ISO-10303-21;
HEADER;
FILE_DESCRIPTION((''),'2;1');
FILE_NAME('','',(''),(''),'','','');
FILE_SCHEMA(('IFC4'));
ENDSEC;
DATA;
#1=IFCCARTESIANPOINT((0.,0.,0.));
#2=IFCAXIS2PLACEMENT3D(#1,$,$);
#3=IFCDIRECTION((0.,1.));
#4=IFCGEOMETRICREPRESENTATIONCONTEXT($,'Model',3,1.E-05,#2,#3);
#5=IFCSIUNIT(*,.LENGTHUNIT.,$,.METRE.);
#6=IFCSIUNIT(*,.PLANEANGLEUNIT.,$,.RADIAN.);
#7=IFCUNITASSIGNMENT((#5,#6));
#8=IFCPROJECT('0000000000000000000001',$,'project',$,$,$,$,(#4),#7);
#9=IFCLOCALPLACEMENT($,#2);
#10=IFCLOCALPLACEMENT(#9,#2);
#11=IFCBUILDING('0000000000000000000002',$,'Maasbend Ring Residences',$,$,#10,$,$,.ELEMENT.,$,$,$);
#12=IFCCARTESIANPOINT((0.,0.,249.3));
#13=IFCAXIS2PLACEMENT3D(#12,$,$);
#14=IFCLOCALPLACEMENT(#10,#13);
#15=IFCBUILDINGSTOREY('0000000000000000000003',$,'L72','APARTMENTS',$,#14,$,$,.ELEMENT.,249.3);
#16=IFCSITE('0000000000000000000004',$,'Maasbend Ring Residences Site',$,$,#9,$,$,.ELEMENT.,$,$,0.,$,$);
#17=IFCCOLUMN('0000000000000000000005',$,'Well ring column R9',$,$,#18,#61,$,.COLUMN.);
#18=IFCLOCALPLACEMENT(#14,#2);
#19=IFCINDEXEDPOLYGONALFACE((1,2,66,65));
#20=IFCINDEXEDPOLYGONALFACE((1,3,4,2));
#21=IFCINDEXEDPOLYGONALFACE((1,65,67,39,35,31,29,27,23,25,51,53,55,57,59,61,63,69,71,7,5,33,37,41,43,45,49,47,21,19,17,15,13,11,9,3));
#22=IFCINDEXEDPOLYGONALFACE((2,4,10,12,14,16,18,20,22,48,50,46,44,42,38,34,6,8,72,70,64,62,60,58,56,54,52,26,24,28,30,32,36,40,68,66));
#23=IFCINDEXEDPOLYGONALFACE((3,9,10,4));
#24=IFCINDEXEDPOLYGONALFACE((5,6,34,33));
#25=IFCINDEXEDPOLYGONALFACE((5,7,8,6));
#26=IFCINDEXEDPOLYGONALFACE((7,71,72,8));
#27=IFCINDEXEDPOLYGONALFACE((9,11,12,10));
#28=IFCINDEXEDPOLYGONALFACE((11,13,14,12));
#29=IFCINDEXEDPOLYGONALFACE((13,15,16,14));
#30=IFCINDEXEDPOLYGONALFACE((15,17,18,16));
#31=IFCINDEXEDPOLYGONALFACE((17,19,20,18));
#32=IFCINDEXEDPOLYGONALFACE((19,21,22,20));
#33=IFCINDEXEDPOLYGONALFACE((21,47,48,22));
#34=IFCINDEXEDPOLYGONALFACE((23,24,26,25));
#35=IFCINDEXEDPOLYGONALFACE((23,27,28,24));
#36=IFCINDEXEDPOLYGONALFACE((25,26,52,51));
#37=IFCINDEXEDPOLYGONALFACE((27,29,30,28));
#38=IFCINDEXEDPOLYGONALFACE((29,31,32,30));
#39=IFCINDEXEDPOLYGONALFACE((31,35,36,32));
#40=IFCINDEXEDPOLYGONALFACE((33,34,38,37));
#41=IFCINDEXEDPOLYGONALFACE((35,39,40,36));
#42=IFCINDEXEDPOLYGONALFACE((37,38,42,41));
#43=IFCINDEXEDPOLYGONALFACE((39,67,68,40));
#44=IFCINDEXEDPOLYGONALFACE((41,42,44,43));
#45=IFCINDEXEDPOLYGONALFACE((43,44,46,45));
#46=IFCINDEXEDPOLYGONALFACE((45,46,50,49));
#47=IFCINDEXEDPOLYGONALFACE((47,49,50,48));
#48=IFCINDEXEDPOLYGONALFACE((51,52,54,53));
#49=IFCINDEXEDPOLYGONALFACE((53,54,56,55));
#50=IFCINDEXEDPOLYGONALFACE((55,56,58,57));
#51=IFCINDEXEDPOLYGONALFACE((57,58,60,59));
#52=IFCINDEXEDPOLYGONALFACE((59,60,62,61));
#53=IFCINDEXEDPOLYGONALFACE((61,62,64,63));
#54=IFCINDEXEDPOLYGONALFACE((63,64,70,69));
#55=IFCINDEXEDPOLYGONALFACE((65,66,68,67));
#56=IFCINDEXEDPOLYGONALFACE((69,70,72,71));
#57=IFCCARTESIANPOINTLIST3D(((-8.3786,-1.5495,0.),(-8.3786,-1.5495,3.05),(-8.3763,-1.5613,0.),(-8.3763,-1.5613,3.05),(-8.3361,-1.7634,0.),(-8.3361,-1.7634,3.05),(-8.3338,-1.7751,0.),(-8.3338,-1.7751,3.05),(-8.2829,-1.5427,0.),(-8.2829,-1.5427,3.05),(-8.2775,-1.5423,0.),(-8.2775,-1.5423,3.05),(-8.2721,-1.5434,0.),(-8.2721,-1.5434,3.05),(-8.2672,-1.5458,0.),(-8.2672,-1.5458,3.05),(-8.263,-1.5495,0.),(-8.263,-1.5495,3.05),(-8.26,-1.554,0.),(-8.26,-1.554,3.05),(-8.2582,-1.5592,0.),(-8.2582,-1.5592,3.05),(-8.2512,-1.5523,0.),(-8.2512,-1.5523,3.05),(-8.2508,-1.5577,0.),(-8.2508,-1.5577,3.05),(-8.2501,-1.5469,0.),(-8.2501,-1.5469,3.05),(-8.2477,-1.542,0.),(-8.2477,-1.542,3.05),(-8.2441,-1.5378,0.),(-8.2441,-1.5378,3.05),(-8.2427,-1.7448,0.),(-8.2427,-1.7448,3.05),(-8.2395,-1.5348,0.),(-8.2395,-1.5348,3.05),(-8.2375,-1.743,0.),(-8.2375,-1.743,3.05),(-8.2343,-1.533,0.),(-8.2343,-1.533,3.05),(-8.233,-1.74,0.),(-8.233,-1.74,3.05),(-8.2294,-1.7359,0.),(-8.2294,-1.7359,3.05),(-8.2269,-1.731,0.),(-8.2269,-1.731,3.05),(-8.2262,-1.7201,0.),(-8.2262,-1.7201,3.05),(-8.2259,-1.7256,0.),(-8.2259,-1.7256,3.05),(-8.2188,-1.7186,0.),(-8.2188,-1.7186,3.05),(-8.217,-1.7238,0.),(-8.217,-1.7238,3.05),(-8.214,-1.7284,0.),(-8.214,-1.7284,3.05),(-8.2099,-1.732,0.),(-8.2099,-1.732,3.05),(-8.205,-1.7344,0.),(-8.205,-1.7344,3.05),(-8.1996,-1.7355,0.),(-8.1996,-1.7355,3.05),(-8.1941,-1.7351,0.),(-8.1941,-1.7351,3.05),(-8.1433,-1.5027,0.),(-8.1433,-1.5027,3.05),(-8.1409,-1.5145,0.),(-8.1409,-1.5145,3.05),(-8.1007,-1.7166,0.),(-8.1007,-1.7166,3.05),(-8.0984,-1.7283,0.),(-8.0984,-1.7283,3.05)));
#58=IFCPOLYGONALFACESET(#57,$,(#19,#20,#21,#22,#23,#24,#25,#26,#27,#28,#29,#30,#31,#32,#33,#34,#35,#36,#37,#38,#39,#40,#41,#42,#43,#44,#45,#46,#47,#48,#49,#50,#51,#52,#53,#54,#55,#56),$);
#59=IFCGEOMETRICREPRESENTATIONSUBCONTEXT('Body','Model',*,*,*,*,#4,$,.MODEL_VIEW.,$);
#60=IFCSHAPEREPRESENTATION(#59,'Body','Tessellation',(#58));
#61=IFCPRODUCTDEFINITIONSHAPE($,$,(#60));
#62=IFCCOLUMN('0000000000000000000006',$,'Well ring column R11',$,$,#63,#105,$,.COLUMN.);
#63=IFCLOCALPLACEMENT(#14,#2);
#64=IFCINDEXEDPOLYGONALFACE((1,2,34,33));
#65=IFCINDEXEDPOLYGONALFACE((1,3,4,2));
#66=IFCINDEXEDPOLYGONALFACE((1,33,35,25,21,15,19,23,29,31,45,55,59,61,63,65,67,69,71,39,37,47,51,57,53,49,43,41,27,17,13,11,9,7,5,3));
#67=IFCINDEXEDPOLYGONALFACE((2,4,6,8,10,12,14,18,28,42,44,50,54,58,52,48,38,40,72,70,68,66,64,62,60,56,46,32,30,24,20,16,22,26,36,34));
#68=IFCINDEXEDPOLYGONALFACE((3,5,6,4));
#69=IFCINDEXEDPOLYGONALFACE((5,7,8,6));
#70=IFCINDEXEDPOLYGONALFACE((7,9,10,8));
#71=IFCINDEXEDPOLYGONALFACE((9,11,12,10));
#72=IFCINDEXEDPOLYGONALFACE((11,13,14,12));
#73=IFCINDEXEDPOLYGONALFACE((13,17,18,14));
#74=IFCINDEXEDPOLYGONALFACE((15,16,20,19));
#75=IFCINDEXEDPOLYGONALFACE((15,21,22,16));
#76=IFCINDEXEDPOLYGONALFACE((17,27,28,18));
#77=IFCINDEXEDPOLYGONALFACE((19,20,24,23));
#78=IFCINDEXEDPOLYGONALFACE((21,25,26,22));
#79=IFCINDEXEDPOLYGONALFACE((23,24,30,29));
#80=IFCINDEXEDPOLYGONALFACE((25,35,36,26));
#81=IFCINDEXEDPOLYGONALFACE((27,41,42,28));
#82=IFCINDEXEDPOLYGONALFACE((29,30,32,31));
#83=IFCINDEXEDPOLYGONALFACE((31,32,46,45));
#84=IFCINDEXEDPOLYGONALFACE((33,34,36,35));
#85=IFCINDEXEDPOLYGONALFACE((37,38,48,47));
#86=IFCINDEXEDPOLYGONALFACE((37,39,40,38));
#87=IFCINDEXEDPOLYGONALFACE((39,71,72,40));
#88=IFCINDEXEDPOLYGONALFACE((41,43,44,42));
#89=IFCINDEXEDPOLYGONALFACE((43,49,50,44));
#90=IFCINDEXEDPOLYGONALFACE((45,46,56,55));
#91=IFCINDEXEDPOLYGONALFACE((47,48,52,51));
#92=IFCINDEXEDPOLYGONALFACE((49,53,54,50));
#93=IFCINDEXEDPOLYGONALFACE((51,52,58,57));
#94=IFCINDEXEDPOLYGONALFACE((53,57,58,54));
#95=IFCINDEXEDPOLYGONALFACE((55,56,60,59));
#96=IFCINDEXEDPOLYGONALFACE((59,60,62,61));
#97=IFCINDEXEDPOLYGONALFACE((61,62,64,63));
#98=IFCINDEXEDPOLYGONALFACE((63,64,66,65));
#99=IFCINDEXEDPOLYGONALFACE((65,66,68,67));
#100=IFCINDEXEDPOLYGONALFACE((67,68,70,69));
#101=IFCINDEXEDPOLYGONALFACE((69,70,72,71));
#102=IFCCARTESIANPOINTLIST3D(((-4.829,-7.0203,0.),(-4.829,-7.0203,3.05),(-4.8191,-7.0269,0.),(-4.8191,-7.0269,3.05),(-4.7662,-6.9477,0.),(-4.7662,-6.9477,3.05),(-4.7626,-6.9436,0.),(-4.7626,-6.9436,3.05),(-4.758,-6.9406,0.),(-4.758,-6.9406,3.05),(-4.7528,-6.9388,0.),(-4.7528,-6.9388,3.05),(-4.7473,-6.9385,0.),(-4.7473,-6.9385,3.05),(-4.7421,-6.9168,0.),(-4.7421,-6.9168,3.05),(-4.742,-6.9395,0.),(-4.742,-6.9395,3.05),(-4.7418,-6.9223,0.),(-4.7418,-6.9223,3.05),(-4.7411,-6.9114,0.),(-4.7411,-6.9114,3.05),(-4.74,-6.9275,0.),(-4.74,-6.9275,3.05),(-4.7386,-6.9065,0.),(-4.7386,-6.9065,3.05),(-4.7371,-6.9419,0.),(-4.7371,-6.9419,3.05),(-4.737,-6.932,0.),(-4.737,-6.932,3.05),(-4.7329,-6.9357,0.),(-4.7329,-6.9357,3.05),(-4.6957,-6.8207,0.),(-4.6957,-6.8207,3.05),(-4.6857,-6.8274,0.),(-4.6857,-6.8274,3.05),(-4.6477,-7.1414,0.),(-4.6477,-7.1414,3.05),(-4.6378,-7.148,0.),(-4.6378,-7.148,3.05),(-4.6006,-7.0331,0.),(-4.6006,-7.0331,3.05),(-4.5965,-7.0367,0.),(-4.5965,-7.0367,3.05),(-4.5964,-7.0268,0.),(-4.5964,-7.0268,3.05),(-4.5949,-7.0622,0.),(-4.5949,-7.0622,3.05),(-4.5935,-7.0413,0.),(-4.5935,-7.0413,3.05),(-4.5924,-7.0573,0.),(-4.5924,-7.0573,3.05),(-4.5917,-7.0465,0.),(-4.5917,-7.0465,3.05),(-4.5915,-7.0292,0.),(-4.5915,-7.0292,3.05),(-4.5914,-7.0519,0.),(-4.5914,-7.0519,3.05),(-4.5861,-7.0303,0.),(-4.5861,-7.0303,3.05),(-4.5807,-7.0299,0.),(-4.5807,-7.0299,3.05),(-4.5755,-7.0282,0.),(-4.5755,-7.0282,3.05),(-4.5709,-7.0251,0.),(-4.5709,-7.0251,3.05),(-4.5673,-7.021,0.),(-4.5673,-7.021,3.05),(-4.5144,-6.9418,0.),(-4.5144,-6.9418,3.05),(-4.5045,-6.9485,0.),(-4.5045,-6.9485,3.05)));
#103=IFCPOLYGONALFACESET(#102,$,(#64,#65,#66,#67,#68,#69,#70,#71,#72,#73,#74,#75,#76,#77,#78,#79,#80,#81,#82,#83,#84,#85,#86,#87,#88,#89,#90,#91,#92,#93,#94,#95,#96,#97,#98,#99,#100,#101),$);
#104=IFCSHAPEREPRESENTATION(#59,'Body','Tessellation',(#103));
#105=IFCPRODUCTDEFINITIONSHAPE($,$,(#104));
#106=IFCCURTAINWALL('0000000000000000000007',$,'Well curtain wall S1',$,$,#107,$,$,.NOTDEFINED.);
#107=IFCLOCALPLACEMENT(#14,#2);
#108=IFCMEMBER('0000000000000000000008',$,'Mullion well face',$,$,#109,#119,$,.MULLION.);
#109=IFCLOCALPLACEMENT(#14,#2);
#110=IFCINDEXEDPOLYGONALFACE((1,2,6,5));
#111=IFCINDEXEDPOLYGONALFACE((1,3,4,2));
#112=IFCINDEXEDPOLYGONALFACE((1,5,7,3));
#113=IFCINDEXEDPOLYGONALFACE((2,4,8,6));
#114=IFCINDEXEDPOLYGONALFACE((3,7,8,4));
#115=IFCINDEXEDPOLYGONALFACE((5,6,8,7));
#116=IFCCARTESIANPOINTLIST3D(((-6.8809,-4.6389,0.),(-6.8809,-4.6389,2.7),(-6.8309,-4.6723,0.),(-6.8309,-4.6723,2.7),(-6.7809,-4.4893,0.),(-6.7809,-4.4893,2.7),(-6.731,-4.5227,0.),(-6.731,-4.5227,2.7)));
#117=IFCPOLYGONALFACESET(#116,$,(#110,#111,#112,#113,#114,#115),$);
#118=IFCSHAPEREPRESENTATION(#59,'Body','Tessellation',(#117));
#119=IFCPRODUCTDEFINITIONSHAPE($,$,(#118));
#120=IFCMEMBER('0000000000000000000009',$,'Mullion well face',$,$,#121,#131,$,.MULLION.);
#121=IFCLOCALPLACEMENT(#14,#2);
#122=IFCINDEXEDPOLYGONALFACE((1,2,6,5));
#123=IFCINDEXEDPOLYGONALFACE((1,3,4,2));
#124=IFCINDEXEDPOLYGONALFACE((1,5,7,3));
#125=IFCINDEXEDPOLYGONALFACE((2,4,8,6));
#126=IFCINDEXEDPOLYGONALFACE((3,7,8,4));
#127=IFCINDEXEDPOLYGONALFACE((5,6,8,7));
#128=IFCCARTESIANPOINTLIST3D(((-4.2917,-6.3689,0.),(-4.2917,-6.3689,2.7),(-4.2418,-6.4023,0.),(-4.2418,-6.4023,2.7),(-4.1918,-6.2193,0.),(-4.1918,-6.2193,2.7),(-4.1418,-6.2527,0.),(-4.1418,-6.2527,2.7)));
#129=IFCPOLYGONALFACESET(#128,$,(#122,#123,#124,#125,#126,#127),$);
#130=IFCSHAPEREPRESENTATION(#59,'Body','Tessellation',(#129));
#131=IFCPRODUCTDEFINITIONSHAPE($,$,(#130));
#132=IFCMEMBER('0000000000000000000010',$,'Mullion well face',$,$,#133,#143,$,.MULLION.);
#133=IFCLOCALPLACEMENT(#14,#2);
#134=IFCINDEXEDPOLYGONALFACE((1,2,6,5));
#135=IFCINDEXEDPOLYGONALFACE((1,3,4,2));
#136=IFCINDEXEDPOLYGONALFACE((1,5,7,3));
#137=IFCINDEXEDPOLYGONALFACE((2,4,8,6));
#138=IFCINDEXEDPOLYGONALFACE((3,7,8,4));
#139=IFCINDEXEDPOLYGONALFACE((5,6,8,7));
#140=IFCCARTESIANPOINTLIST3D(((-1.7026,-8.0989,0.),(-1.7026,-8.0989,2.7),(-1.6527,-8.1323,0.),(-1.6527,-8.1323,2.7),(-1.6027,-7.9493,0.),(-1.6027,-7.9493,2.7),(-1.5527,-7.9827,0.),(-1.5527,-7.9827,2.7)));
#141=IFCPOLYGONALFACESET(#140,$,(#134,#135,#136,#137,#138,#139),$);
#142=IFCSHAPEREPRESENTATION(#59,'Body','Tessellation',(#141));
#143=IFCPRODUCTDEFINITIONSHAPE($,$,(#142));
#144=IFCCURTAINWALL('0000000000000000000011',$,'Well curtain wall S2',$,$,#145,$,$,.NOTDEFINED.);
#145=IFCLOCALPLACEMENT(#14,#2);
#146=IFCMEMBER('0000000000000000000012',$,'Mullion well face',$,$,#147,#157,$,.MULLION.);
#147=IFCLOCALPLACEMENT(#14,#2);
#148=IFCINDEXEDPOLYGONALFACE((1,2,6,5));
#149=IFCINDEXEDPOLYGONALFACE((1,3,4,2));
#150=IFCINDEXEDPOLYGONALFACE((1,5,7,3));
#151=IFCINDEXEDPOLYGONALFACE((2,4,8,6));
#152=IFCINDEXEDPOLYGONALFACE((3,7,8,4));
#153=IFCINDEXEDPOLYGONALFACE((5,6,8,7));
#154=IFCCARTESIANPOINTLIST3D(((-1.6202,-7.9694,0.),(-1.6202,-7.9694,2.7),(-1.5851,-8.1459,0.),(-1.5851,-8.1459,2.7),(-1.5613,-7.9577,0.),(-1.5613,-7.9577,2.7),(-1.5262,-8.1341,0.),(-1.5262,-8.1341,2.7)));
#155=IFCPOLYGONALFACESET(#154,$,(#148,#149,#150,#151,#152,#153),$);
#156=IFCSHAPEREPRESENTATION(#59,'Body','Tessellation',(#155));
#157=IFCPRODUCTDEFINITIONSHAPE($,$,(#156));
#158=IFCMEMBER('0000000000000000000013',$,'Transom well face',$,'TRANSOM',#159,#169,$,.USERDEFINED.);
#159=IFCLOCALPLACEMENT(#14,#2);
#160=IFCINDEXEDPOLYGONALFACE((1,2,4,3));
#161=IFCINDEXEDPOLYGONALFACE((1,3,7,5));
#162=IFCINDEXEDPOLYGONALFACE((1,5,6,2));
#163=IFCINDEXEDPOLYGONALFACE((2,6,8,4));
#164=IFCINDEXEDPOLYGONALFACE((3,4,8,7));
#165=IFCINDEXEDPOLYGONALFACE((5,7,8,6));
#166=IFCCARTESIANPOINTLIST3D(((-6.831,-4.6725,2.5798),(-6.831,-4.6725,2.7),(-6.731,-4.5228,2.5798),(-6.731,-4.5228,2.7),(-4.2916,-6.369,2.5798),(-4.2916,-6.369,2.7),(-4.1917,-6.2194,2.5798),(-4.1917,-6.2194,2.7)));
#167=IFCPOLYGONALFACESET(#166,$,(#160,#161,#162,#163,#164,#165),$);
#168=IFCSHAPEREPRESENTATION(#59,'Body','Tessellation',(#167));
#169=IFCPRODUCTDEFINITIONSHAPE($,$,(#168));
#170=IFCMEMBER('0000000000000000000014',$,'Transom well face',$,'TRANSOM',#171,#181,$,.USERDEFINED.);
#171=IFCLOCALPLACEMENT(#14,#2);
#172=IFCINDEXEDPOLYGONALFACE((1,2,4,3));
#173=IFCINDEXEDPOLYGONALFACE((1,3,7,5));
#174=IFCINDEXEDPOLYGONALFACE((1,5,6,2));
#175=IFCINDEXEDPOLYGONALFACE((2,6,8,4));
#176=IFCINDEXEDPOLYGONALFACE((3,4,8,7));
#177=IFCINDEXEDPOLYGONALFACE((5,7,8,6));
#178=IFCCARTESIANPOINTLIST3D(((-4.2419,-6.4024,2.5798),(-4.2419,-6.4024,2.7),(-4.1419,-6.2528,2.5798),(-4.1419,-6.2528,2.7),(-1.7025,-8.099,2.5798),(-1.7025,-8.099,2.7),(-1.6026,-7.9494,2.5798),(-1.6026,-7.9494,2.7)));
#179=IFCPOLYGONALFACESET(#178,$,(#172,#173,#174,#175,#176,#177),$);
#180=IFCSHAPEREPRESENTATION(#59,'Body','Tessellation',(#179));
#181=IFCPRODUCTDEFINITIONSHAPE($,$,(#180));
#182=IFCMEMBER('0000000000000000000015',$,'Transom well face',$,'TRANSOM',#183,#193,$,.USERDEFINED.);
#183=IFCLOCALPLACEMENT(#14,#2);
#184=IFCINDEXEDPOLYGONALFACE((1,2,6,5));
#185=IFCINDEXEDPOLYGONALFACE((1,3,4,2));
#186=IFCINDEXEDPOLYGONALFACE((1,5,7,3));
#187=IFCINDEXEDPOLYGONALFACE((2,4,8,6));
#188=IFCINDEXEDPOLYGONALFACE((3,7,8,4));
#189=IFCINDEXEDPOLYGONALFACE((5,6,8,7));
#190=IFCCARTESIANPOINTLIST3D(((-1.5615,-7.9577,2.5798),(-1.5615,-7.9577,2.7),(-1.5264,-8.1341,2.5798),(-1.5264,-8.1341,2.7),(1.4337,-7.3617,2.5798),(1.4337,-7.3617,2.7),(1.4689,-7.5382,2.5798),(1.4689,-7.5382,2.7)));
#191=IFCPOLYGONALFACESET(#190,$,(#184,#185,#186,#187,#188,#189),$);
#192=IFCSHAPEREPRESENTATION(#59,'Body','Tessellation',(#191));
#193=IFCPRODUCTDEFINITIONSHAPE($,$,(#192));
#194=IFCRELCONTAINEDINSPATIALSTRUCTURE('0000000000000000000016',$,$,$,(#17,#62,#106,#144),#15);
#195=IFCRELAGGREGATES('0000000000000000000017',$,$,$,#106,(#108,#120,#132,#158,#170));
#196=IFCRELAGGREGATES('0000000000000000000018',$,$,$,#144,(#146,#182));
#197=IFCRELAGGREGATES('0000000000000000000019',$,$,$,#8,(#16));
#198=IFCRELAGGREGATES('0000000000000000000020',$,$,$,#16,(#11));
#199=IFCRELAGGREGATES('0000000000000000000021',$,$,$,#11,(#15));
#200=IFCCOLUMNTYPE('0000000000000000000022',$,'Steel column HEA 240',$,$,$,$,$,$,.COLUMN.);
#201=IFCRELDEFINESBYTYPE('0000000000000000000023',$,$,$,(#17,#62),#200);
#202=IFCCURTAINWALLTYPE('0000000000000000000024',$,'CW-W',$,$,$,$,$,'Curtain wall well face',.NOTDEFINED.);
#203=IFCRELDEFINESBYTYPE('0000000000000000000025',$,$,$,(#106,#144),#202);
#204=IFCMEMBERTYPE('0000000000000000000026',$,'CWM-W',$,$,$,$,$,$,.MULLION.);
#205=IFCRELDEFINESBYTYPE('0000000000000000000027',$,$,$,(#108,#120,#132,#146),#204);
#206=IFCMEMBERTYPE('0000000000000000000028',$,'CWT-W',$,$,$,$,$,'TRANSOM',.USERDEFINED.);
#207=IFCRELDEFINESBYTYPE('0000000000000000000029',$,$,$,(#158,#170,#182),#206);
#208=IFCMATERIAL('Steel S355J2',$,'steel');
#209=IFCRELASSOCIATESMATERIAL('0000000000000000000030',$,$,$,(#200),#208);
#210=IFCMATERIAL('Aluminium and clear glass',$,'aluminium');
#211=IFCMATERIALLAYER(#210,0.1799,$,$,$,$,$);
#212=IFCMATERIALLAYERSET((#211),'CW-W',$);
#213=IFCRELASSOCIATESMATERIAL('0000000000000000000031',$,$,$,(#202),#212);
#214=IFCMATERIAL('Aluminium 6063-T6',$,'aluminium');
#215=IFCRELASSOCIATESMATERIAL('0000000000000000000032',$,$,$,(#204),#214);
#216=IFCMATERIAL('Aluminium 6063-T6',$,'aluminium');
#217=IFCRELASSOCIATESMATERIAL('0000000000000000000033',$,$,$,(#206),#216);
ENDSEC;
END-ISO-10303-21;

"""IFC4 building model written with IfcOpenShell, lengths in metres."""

from ifc_helpers import new_model, si_unit, direction, frame, origin, origin_2d, place, context, subcontext, project, spatial, rectangle, i_section, extrude, material, layer, layer_set, material_profile, profile_set, type_object, element, aggregate, save


model = new_model("IFC4")

# Units and contexts
model_context = context("Model", 3, precision=1e-05, world=origin(), true_north=direction((0.0, 1.0)))
body_context = subcontext(model_context, "Body", "Model", "MODEL_VIEW")
ifc_project = project(units=[si_unit("LENGTHUNIT", "METRE"), si_unit("PLANEANGLEUNIT", "RADIAN")], contexts=[model_context])

# Site, building, storey
site_placement = place(None, origin())
site = spatial("IfcSite", under=ifc_project, at=site_placement, Name="Maasbend Ring Residences Site", CompositionType="ELEMENT", RefElevation=0.0)
building_placement = place(site_placement, origin())
building = spatial("IfcBuilding", under=site, at=building_placement, Name="Maasbend Ring Residences", CompositionType="ELEMENT")
storey_placement = place(building_placement, frame((0.0, 0.0, 249.3)))
storey = spatial("IfcBuildingStorey", under=building, at=storey_placement, Name="L72", Description="APARTMENTS", CompositionType="ELEMENT", Elevation=249.3)

# Columns
ifc_material_1 = material(Name="Steel S355J2", Category="steel")
ifc_material_profile_1 = material_profile(ifc_material_1, i_section(OverallWidth=0.24, OverallDepth=0.23, WebThickness=0.0076, FlangeThickness=0.012, FilletRadius=0.021, at=origin_2d()), Name="HEA 240")
ifc_profile_set_1 = profile_set([ifc_material_profile_1], Name="Steel S355J2")
column_type = type_object("IfcColumnType", Name="Steel column HEA 240", PredefinedType="COLUMN", material=ifc_profile_set_1)
for number, where, z_axis, x_axis, name in (
    (1, (-8.2385, -1.6389, 0.0), (0.0, 0.0, 1.0), (-0.980785, -0.19509, 0.0), "Well ring column R9"),
    (2, (-4.6667, -6.9844, 0.0), (0.0, 0.0, 1.0), (-0.55557, -0.83147, 0.0), "Well ring column R11"),
):
    element("IfcColumn", number, at=place(storey_placement, frame(where, z_axis=z_axis, x_axis=x_axis)), inside=storey, type_object=column_type, Name=name, PredefinedType="COLUMN", context=body_context, shape_type="SweptSolid", body=[
        extrude(i_section(OverallWidth=0.24, OverallDepth=0.23, WebThickness=0.0076, FlangeThickness=0.012, FilletRadius=0.021, at=origin_2d()), origin(), (0.0, 0.0, 1.0), 3.05),
    ])

# Curtain wall, members
ifc_material_2 = material(Name="Aluminium and clear glass", Category="aluminium")
ifc_layer_1 = layer(ifc_material_2, 0.1799)
ifc_layer_set_1 = layer_set([ifc_layer_1], Name="CW-W")
curtain_wall_type = type_object("IfcCurtainWallType", Name="CW-W", ElementType="Curtain wall well face", PredefinedType="NOTDEFINED", material=ifc_layer_set_1)
curtain_wall_1_placement = place(storey_placement, origin())
curtain_wall_1 = element("IfcCurtainWall", 3, at=curtain_wall_1_placement, inside=storey, type_object=curtain_wall_type, Name="Well curtain wall S1", PredefinedType="NOTDEFINED")
ifc_material_3 = material(Name="Aluminium 6063-T6", Category="aluminium")
ifc_material_profile_2 = material_profile(ifc_material_3, rectangle(XDim=0.1799, YDim=0.0601, at=origin_2d()), Name="AL 180x60")
ifc_profile_set_2 = profile_set([ifc_material_profile_2], Name="Aluminium 6063-T6")
member_type_1 = type_object("IfcMemberType", Name="CWM-W", PredefinedType="MULLION", material=ifc_profile_set_2)
member_1_placement = place(storey_placement, frame((-6.8059, -4.5808, 0.0), z_axis=(0.0, 0.0, 1.0), x_axis=(0.55557, 0.83147, 0.0)))
member_1 = element("IfcMember", 4, at=member_1_placement, type_object=member_type_1, Name="Mullion well face", PredefinedType="MULLION", context=body_context, shape_type="SweptSolid", body=[
    extrude(rectangle(XDim=0.1799, YDim=0.0601, at=origin_2d()), origin(), (0.0, 0.0, 1.0), 2.7),
])
member_2_placement = place(storey_placement, frame((-4.2168, -6.3108, 0.0), z_axis=(0.0, 0.0, 1.0), x_axis=(0.55557, 0.83147, 0.0)))
member_2 = element("IfcMember", 5, at=member_2_placement, type_object=member_type_1, Name="Mullion well face", PredefinedType="MULLION", context=body_context, shape_type="SweptSolid", body=[
    extrude(rectangle(XDim=0.1799, YDim=0.0601, at=origin_2d()), origin(), (0.0, 0.0, 1.0), 2.7),
])
member_3_placement = place(storey_placement, frame((-1.6277, -8.0408, 0.0), z_axis=(0.0, 0.0, 1.0), x_axis=(0.55557, 0.83147, 0.0)))
member_3 = element("IfcMember", 6, at=member_3_placement, type_object=member_type_1, Name="Mullion well face", PredefinedType="MULLION", context=body_context, shape_type="SweptSolid", body=[
    extrude(rectangle(XDim=0.1799, YDim=0.0601, at=origin_2d()), origin(), (0.0, 0.0, 1.0), 2.7),
])

# Curtain wall, member
curtain_wall_2_placement = place(storey_placement, origin())
curtain_wall_2 = element("IfcCurtainWall", 7, at=curtain_wall_2_placement, inside=storey, type_object=curtain_wall_type, Name="Well curtain wall S2", PredefinedType="NOTDEFINED")
member_4_placement = place(storey_placement, frame((-1.5732, -8.0518, 0.0), z_axis=(0.0, 0.0, 1.0), x_axis=(-0.19509, 0.980785, 0.0)))
member_4 = element("IfcMember", 8, at=member_4_placement, type_object=member_type_1, Name="Mullion well face", PredefinedType="MULLION", context=body_context, shape_type="SweptSolid", body=[
    extrude(rectangle(XDim=0.1799, YDim=0.0601, at=origin_2d()), origin(), (0.0, 0.0, 1.0), 2.7),
])

# Members
ifc_material_4 = material(Name="Aluminium 6063-T6", Category="aluminium")
ifc_material_profile_3 = material_profile(ifc_material_4, rectangle(XDim=0.1799, YDim=0.1201, at=origin_2d()), Name="AL 180x120")
ifc_profile_set_3 = profile_set([ifc_material_profile_3], Name="Aluminium 6063-T6")
member_type_2 = type_object("IfcMemberType", Name="CWT-W", ElementType="TRANSOM", PredefinedType="USERDEFINED", material=ifc_profile_set_3)
member_5_placement = place(storey_placement, frame((-6.781, -4.5977, 2.6399), z_axis=(0.831496, -0.55553, 0.0), x_axis=(0.55553, 0.831496, 0.0)))
member_5 = element("IfcMember", 9, at=member_5_placement, type_object=member_type_2, Name="Transom well face", ObjectType="TRANSOM", PredefinedType="USERDEFINED", context=body_context, shape_type="SweptSolid", body=[
    extrude(rectangle(XDim=0.1799, YDim=0.1201, at=origin_2d()), origin(), (0.0, 0.0, 1.0), 3.054),
])
member_6_placement = place(storey_placement, frame((-4.1919, -6.3276, 2.6399), z_axis=(0.831496, -0.55553, 0.0), x_axis=(0.55553, 0.831496, 0.0)))
member_6 = element("IfcMember", 10, at=member_6_placement, type_object=member_type_2, Name="Transom well face", ObjectType="TRANSOM", PredefinedType="USERDEFINED", context=body_context, shape_type="SweptSolid", body=[
    extrude(rectangle(XDim=0.1799, YDim=0.1201, at=origin_2d()), origin(), (0.0, 0.0, 1.0), 3.054),
])
member_7_placement = place(storey_placement, frame((-1.5439, -8.0459, 2.6399), z_axis=(0.980777, 0.195132, 0.0), x_axis=(-0.195132, 0.980777, 0.0)))
member_7 = element("IfcMember", 11, at=member_7_placement, type_object=member_type_2, Name="Transom well face", ObjectType="TRANSOM", PredefinedType="USERDEFINED", context=body_context, shape_type="SweptSolid", body=[
    extrude(rectangle(XDim=0.1799, YDim=0.1201, at=origin_2d()), origin(), (0.0, 0.0, 1.0), 3.054),
])

aggregate(curtain_wall_1, [member_1, member_2, member_3, member_5, member_6])
aggregate(curtain_wall_2, [member_4, member_7])

save(model, "model.ifc")
